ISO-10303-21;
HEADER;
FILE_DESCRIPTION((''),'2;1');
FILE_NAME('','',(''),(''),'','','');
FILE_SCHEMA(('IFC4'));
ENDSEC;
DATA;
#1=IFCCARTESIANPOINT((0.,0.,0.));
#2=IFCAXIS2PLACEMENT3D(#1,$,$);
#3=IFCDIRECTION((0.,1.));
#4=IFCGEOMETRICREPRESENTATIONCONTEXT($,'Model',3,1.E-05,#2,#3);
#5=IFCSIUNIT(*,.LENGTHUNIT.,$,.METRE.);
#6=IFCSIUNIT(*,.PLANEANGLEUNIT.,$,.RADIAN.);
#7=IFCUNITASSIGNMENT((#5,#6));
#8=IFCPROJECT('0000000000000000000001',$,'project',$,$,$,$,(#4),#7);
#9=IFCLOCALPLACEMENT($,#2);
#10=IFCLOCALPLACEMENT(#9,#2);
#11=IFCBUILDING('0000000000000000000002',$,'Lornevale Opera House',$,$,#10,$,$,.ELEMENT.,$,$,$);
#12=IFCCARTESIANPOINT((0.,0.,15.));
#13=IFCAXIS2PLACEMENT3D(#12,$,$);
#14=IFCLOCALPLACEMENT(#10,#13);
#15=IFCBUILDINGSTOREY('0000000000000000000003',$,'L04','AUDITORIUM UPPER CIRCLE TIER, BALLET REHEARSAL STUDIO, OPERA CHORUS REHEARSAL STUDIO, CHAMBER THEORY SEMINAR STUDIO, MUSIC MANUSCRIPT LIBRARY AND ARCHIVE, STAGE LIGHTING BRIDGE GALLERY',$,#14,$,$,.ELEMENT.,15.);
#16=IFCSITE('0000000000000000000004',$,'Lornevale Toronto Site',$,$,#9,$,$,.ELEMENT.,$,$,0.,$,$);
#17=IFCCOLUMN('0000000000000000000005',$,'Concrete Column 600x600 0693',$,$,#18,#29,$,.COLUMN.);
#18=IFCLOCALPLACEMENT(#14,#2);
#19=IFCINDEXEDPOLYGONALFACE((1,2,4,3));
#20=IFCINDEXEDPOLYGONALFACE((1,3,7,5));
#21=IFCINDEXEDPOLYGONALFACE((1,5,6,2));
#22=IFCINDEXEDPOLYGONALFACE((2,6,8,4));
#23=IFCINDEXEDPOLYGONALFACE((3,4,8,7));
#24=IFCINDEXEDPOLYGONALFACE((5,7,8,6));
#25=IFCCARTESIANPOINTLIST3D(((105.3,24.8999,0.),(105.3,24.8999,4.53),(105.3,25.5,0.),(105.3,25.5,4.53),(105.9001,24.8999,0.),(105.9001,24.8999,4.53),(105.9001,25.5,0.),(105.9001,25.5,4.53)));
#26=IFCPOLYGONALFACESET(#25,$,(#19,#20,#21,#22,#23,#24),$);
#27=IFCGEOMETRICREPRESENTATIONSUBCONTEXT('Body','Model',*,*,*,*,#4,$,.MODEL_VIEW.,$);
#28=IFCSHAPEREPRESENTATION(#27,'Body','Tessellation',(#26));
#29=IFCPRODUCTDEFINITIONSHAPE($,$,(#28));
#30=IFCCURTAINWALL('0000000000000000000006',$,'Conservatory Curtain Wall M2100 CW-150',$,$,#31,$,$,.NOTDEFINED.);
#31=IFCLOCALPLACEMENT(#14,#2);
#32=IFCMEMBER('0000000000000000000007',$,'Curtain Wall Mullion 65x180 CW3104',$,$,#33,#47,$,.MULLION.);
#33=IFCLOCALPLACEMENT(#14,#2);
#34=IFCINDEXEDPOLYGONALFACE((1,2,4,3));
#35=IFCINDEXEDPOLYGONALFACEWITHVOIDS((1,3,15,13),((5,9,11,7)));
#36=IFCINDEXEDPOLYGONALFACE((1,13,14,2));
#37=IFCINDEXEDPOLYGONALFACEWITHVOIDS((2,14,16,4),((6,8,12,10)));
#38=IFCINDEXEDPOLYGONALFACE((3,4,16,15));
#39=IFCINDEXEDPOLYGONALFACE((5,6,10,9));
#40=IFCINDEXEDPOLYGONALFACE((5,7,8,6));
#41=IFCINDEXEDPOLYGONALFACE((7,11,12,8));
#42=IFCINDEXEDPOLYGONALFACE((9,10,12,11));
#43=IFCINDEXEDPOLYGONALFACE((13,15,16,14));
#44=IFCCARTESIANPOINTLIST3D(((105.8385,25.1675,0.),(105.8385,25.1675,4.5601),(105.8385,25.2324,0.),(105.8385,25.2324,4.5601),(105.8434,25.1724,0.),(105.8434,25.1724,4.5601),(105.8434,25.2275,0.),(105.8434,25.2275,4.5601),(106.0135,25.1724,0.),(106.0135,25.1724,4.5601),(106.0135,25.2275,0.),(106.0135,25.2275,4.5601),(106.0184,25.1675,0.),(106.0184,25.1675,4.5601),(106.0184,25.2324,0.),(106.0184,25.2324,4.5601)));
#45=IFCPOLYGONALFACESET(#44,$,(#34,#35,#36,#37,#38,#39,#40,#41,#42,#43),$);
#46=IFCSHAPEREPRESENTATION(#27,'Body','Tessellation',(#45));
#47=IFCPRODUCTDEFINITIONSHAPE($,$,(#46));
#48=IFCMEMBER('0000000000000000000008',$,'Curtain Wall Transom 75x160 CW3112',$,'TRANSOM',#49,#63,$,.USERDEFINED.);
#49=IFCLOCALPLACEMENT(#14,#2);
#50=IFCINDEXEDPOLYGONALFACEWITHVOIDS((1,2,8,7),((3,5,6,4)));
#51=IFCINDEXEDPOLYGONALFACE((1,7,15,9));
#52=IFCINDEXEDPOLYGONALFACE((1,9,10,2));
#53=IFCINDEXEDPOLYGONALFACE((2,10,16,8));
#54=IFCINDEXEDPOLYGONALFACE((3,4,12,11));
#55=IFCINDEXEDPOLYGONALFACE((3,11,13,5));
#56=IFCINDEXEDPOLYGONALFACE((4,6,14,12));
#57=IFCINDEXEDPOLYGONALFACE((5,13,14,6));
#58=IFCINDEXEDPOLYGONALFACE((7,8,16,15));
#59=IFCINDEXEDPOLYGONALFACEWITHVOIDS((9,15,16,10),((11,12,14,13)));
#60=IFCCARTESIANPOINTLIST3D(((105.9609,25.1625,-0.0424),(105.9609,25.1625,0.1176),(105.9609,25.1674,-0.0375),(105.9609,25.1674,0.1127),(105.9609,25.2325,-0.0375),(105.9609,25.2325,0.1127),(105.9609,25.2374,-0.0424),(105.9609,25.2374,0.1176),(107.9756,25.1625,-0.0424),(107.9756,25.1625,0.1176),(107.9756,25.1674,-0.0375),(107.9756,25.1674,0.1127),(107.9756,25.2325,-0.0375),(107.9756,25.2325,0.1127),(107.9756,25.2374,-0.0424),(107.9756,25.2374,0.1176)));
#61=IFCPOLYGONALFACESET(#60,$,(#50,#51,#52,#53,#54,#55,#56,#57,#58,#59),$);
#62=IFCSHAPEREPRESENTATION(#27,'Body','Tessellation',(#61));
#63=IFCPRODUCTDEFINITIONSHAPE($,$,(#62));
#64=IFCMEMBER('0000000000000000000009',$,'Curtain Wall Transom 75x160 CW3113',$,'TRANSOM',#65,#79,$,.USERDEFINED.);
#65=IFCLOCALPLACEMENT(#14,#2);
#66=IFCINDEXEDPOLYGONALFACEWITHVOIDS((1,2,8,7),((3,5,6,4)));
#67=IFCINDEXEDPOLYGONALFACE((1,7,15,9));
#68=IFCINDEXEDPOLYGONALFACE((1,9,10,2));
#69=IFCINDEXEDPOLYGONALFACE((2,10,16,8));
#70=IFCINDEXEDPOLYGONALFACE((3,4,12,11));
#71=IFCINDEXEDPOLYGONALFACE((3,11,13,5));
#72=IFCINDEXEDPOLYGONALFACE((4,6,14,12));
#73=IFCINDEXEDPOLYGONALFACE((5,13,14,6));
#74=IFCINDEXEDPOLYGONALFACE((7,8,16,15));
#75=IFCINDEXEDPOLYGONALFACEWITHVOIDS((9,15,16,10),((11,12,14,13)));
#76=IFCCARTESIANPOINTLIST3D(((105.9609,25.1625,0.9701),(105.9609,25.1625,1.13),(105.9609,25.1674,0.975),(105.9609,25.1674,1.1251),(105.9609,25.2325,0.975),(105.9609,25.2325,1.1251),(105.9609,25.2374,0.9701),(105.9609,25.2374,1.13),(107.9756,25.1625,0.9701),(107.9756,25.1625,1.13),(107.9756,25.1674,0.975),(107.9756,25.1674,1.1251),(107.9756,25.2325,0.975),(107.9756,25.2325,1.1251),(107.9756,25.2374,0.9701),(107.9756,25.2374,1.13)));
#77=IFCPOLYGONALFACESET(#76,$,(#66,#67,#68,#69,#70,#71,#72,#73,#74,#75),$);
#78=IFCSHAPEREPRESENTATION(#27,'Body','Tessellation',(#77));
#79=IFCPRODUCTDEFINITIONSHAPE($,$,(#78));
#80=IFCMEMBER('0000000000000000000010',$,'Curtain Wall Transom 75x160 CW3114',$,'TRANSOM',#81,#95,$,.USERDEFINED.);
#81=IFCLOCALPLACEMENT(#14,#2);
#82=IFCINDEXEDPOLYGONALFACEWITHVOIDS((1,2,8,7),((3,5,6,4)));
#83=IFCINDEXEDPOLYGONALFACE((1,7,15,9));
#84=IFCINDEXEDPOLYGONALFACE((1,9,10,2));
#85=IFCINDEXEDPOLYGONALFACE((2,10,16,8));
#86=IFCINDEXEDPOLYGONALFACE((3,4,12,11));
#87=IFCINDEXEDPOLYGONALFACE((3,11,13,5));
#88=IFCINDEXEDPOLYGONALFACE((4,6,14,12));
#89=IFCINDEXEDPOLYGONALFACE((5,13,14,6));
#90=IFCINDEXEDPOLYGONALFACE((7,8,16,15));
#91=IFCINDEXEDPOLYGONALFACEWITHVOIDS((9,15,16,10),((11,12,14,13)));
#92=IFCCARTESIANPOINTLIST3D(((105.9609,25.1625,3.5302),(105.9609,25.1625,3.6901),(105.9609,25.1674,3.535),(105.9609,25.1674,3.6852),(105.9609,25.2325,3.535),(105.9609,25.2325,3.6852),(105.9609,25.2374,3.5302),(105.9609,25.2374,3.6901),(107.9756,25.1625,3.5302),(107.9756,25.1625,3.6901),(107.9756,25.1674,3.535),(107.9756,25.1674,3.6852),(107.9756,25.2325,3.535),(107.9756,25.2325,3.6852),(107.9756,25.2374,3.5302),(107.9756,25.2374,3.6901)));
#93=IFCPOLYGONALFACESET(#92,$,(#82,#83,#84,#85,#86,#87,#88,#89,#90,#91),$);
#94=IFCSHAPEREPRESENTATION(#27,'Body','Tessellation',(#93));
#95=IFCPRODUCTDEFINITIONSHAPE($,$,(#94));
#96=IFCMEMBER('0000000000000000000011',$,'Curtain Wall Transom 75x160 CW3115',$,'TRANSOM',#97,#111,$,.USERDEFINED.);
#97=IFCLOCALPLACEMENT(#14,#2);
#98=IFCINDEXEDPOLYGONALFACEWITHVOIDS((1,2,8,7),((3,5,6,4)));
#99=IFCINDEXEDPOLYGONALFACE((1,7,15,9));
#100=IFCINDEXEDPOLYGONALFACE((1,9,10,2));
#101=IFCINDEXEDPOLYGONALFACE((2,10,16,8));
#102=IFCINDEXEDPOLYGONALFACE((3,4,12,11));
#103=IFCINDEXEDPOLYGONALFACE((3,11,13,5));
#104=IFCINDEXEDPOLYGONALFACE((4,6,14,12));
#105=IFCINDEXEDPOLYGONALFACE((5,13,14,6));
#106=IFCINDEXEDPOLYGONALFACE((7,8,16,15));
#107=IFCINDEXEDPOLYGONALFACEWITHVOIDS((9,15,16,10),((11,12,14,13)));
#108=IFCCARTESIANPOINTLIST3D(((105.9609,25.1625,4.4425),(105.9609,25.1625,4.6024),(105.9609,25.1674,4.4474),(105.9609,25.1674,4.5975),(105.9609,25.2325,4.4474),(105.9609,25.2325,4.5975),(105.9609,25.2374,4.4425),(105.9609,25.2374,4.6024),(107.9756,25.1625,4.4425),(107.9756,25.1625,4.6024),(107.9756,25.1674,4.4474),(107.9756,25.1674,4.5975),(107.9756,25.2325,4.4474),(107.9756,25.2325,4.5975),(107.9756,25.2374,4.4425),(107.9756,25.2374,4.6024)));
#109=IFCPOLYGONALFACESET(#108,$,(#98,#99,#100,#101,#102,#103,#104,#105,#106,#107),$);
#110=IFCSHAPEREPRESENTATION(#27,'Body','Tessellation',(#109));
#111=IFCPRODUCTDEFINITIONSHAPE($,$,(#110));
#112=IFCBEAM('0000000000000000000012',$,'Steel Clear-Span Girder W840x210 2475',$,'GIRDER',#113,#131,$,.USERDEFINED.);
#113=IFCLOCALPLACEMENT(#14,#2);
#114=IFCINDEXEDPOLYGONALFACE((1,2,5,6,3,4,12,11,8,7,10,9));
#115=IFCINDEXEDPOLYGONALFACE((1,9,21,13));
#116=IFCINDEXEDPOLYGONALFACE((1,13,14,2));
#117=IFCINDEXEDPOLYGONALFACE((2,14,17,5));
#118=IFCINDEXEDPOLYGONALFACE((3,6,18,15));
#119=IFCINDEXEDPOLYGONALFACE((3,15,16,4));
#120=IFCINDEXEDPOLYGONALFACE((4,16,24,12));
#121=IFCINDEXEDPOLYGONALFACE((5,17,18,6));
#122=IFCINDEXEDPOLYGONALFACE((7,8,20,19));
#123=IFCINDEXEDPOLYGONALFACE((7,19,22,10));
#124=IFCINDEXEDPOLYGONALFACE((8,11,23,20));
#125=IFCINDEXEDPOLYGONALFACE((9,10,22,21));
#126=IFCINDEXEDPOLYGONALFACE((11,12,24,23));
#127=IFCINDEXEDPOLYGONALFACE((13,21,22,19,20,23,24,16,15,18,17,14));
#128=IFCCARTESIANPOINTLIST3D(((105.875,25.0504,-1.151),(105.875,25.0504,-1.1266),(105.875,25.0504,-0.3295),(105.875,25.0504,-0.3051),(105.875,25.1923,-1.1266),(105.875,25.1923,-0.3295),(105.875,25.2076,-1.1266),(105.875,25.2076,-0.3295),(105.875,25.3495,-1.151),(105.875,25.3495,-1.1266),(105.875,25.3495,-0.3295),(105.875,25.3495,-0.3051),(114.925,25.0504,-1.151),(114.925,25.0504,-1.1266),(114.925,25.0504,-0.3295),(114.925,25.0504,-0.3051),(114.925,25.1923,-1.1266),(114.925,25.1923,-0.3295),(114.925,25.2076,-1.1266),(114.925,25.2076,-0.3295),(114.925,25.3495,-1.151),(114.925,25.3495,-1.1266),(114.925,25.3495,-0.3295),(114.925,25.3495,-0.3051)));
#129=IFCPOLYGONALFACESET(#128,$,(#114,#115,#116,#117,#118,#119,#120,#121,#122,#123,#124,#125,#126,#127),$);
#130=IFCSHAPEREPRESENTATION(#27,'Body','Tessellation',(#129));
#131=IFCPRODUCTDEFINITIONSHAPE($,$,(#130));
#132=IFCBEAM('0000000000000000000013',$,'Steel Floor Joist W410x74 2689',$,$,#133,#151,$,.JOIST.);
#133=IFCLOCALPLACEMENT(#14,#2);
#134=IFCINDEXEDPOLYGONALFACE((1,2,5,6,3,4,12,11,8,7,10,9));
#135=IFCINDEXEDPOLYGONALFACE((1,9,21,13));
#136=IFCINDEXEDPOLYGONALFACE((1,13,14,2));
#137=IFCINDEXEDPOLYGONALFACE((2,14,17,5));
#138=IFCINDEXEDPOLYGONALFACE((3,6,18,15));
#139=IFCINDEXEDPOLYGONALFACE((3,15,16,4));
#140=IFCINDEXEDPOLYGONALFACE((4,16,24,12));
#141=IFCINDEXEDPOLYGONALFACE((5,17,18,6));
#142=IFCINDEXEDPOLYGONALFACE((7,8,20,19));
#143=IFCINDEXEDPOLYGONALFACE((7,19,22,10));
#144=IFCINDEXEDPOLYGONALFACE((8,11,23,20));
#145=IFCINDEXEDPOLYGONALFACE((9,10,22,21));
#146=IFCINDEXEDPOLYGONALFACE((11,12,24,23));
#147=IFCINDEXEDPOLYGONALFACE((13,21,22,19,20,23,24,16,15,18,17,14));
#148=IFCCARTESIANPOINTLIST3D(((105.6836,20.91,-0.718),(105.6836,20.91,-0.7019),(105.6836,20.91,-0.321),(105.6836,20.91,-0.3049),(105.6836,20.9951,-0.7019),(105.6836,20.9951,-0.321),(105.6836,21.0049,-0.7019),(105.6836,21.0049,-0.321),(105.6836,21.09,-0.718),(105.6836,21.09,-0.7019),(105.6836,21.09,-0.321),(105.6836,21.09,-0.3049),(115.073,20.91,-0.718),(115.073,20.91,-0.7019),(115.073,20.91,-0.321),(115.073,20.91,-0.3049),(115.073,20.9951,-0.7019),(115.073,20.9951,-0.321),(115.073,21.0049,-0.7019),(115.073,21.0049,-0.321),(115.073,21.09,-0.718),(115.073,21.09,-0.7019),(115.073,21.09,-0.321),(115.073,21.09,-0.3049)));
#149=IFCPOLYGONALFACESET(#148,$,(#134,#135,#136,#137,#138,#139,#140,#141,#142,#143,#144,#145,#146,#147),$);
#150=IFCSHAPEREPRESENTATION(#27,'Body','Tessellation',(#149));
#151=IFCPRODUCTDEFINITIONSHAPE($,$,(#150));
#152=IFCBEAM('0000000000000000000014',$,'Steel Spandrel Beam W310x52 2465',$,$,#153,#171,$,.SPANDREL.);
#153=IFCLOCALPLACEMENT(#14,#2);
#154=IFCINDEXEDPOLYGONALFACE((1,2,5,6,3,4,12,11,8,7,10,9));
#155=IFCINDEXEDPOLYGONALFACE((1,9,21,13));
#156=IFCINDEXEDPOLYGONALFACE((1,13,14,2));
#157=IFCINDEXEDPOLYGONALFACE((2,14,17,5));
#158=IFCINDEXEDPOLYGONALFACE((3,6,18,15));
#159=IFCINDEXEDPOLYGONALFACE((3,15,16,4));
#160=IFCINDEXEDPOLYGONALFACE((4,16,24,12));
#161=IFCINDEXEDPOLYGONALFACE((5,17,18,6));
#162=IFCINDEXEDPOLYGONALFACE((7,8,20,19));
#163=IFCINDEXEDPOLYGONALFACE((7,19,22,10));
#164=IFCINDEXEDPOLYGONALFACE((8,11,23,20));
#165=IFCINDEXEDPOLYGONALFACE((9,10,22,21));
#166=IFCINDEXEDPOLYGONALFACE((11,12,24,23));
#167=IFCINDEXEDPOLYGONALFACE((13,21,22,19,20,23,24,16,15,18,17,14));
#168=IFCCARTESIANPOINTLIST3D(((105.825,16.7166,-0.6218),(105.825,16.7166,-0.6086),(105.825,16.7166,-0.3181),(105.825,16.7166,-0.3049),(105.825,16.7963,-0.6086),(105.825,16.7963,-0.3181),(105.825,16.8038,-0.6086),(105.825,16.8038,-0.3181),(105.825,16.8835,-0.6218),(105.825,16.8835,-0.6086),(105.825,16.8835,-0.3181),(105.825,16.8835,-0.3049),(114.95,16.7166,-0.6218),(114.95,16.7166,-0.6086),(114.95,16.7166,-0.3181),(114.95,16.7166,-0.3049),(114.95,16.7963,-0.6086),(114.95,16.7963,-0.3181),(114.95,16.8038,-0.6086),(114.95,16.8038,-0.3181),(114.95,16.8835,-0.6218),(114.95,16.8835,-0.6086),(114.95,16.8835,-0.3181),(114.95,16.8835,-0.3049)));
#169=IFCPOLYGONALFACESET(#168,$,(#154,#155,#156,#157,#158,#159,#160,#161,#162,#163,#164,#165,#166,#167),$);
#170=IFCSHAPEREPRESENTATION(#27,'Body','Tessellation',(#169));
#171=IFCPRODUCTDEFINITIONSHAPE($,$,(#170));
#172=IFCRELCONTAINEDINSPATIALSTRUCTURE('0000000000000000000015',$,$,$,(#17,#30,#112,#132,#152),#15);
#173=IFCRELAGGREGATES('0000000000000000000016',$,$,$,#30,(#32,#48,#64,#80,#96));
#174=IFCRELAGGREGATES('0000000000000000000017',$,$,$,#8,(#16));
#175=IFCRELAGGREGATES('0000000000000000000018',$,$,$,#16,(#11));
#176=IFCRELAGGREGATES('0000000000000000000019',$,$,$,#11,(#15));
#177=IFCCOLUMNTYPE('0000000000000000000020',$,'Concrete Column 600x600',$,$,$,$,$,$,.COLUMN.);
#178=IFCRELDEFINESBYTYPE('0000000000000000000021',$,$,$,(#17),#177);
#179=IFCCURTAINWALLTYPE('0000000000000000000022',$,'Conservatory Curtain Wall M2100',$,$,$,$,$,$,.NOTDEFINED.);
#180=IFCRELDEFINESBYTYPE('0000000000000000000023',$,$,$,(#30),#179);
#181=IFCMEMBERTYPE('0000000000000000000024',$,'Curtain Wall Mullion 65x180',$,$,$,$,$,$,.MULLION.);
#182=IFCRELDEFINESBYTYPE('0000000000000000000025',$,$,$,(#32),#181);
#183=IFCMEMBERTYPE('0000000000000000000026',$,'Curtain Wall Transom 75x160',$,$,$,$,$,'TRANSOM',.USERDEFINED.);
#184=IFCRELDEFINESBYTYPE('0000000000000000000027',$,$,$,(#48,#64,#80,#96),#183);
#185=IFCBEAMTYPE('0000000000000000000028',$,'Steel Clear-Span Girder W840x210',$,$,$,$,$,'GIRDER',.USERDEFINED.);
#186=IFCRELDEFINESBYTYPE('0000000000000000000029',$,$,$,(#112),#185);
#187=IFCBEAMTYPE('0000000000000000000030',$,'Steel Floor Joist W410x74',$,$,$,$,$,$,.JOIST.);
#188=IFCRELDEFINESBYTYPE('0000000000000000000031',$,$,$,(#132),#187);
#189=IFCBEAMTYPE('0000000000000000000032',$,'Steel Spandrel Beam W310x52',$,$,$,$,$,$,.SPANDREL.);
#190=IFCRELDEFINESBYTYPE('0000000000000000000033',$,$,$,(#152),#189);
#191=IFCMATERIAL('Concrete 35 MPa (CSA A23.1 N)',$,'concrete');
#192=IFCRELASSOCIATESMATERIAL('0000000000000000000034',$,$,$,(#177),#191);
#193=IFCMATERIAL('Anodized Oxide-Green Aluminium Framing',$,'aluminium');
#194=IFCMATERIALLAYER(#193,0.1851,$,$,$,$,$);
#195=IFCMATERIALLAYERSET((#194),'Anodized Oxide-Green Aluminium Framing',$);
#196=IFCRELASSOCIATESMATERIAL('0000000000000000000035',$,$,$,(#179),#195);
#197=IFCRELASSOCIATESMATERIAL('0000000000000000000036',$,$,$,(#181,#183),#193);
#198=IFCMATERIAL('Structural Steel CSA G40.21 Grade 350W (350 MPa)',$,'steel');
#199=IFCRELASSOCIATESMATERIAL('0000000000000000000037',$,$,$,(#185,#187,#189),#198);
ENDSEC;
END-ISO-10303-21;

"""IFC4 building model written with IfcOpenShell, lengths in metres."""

from ifc_helpers import new_model, si_unit, direction, frame, origin, origin_2d, place, context, subcontext, project, spatial, rectangle, hollow_rectangle, i_section, extrude, material, layer, layer_set, material_profile, profile_set, type_object, element, aggregate, save


model = new_model("IFC4")

# Units and contexts
model_context = context("Model", 3, precision=1e-05, world=origin(), true_north=direction((0.0, 1.0)))
body_context = subcontext(model_context, "Body", "Model", "MODEL_VIEW")
ifc_project = project(units=[si_unit("LENGTHUNIT", "METRE"), si_unit("PLANEANGLEUNIT", "RADIAN")], contexts=[model_context])

# Site, building, storey
site_placement = place(None, origin())
site = spatial("IfcSite", under=ifc_project, at=site_placement, Name="Lornevale Toronto Site", CompositionType="ELEMENT", RefElevation=0.0)
building_placement = place(site_placement, origin())
building = spatial("IfcBuilding", under=site, at=building_placement, Name="Lornevale Opera House", CompositionType="ELEMENT")
storey_placement = place(building_placement, frame((0.0, 0.0, 15.0)))
storey = spatial("IfcBuildingStorey", under=building, at=storey_placement, Name="L04", Description="AUDITORIUM UPPER CIRCLE TIER, BALLET REHEARSAL STUDIO, OPERA CHORUS REHEARSAL STUDIO, CHAMBER THEORY SEMINAR STUDIO, MUSIC MANUSCRIPT LIBRARY AND ARCHIVE, STAGE LIGHTING BRIDGE GALLERY", CompositionType="ELEMENT", Elevation=15.0)

# Column
ifc_material_1 = material(Name="Concrete 35 MPa (CSA A23.1 N)", Category="concrete")
ifc_material_profile_1 = material_profile(ifc_material_1, rectangle(XDim=0.6001, YDim=0.6001, at=origin_2d()), Name="RC600x600")
ifc_profile_set_1 = profile_set([ifc_material_profile_1], Name="Concrete 35 MPa (CSA A23.1 N)")
column_type = type_object("IfcColumnType", Name="Concrete Column 600x600", PredefinedType="COLUMN", material=ifc_profile_set_1)
column_placement = place(storey_placement, frame((105.6001, 25.2, 0.0), z_axis=(0.0, 0.0, 1.0), x_axis=(1.0, 0.0, 0.0)))
element("IfcColumn", 1, at=column_placement, inside=storey, type_object=column_type, Name="Concrete Column 600x600 0693", PredefinedType="COLUMN", context=body_context, shape_type="SweptSolid", body=[
    extrude(rectangle(XDim=0.6001, YDim=0.6001, at=origin_2d()), origin(), (0.0, 0.0, 1.0), 4.53),
])

# Curtain wall, members
ifc_material_2 = material(Name="Anodized Oxide-Green Aluminium Framing", Category="aluminium")
ifc_layer_1 = layer(ifc_material_2, 0.1851)
ifc_layer_set_1 = layer_set([ifc_layer_1], Name="Anodized Oxide-Green Aluminium Framing")
curtain_wall_type = type_object("IfcCurtainWallType", Name="Conservatory Curtain Wall M2100", PredefinedType="NOTDEFINED", material=ifc_layer_set_1)
curtain_wall_placement = place(storey_placement, origin())
curtain_wall = element("IfcCurtainWall", 2, at=curtain_wall_placement, inside=storey, type_object=curtain_wall_type, Name="Conservatory Curtain Wall M2100 CW-150", PredefinedType="NOTDEFINED")
ifc_material_profile_2 = material_profile(ifc_material_2, hollow_rectangle(XDim=0.0649, YDim=0.1799, WallThickness=0.0049, at=origin_2d()), Name="ALU65x180x5")
ifc_profile_set_2 = profile_set([ifc_material_profile_2], Name="Anodized Oxide-Green Aluminium Framing")
member_type_1 = type_object("IfcMemberType", Name="Curtain Wall Mullion 65x180", PredefinedType="MULLION", material=ifc_profile_set_2)
member_1_placement = place(storey_placement, frame((105.9285, 25.2, 0.0), z_axis=(0.0, 0.0, 1.0), x_axis=(0.0, -1.0, 0.0)))
member_1 = element("IfcMember", 3, at=member_1_placement, type_object=member_type_1, Name="Curtain Wall Mullion 65x180 CW3104", PredefinedType="MULLION", context=body_context, shape_type="SweptSolid", body=[
    extrude(hollow_rectangle(XDim=0.0649, YDim=0.1799, WallThickness=0.0049, at=origin_2d()), origin(), (0.0, 0.0, 1.0), 4.5601),
])
ifc_material_profile_3 = material_profile(ifc_material_2, hollow_rectangle(XDim=0.075, YDim=0.1599, WallThickness=0.0049, at=origin_2d()), Name="ALU75x160x5")
ifc_profile_set_3 = profile_set([ifc_material_profile_3], Name="Anodized Oxide-Green Aluminium Framing")
member_type_2 = type_object("IfcMemberType", Name="Curtain Wall Transom 75x160", ElementType="TRANSOM", PredefinedType="USERDEFINED", material=ifc_profile_set_3)
member_2_placement = place(storey_placement, frame((107.9756, 25.2, 0.0376), z_axis=(-1.0, 0.0, 0.0), x_axis=(0.0, -1.0, 0.0)))
member_2 = element("IfcMember", 4, at=member_2_placement, type_object=member_type_2, Name="Curtain Wall Transom 75x160 CW3112", ObjectType="TRANSOM", PredefinedType="USERDEFINED", context=body_context, shape_type="SweptSolid", body=[
    extrude(hollow_rectangle(XDim=0.075, YDim=0.1599, WallThickness=0.0049, at=origin_2d()), origin(), (0.0, 0.0, 1.0), 2.0146),
])
member_3_placement = place(storey_placement, frame((107.9756, 25.2, 1.05), z_axis=(-1.0, 0.0, 0.0), x_axis=(0.0, -1.0, 0.0)))
member_3 = element("IfcMember", 5, at=member_3_placement, type_object=member_type_2, Name="Curtain Wall Transom 75x160 CW3113", ObjectType="TRANSOM", PredefinedType="USERDEFINED", context=body_context, shape_type="SweptSolid", body=[
    extrude(hollow_rectangle(XDim=0.075, YDim=0.1599, WallThickness=0.0049, at=origin_2d()), origin(), (0.0, 0.0, 1.0), 2.0146),
])
member_4_placement = place(storey_placement, frame((107.9756, 25.2, 3.6101), z_axis=(-1.0, 0.0, 0.0), x_axis=(0.0, -1.0, 0.0)))
member_4 = element("IfcMember", 6, at=member_4_placement, type_object=member_type_2, Name="Curtain Wall Transom 75x160 CW3114", ObjectType="TRANSOM", PredefinedType="USERDEFINED", context=body_context, shape_type="SweptSolid", body=[
    extrude(hollow_rectangle(XDim=0.075, YDim=0.1599, WallThickness=0.0049, at=origin_2d()), origin(), (0.0, 0.0, 1.0), 2.0146),
])
member_5_placement = place(storey_placement, frame((107.9756, 25.2, 4.5225), z_axis=(-1.0, 0.0, 0.0), x_axis=(0.0, -1.0, 0.0)))
member_5 = element("IfcMember", 7, at=member_5_placement, type_object=member_type_2, Name="Curtain Wall Transom 75x160 CW3115", ObjectType="TRANSOM", PredefinedType="USERDEFINED", context=body_context, shape_type="SweptSolid", body=[
    extrude(hollow_rectangle(XDim=0.075, YDim=0.1599, WallThickness=0.0049, at=origin_2d()), origin(), (0.0, 0.0, 1.0), 2.0146),
])

# Beams
ifc_material_3 = material(Name="Structural Steel CSA G40.21 Grade 350W (350 MPa)", Category="steel")
ifc_material_profile_4 = material_profile(ifc_material_3, i_section(OverallWidth=0.2991, OverallDepth=0.8459, WebThickness=0.0154, FlangeThickness=0.0244, at=origin_2d()), Name="W840x210")
ifc_profile_set_4 = profile_set([ifc_material_profile_4], Name="Structural Steel CSA G40.21 Grade 350W (350 MPa)")
beam_type_1 = type_object("IfcBeamType", Name="Steel Clear-Span Girder W840x210", ElementType="GIRDER", PredefinedType="USERDEFINED", material=ifc_profile_set_4)
beam_1_placement = place(storey_placement, frame((105.875, 25.2, -0.728), z_axis=(1.0, 0.0, 0.0), x_axis=(0.0, 1.0, 0.0)))
element("IfcBeam", 8, at=beam_1_placement, inside=storey, type_object=beam_type_1, Name="Steel Clear-Span Girder W840x210 2475", ObjectType="GIRDER", PredefinedType="USERDEFINED", context=body_context, shape_type="SweptSolid", body=[
    extrude(i_section(OverallWidth=0.2991, OverallDepth=0.8459, WebThickness=0.0154, FlangeThickness=0.0244, at=origin_2d()), origin(), (0.0, 0.0, 1.0), 9.05),
])
ifc_material_profile_5 = material_profile(ifc_material_3, i_section(OverallWidth=0.1799, OverallDepth=0.4131, WebThickness=0.0098, FlangeThickness=0.0161, at=origin_2d()), Name="W410x74")
ifc_profile_set_5 = profile_set([ifc_material_profile_5], Name="Structural Steel CSA G40.21 Grade 350W (350 MPa)")
beam_type_2 = type_object("IfcBeamType", Name="Steel Floor Joist W410x74", PredefinedType="JOIST", material=ifc_profile_set_5)
beam_2_placement = place(storey_placement, frame((105.6836, 21.0, -0.5115), z_axis=(1.0, 0.0, 0.0), x_axis=(0.0, 1.0, 0.0)))
element("IfcBeam", 9, at=beam_2_placement, inside=storey, type_object=beam_type_2, Name="Steel Floor Joist W410x74 2689", PredefinedType="JOIST", context=body_context, shape_type="SweptSolid", body=[
    extrude(i_section(OverallWidth=0.1799, OverallDepth=0.4131, WebThickness=0.0098, FlangeThickness=0.0161, at=origin_2d()), origin(), (0.0, 0.0, 1.0), 9.3894),
])
ifc_material_profile_6 = material_profile(ifc_material_3, i_section(OverallWidth=0.167, OverallDepth=0.3169, WebThickness=0.0076, FlangeThickness=0.0132, at=origin_2d()), Name="W310x52")
ifc_profile_set_6 = profile_set([ifc_material_profile_6], Name="Structural Steel CSA G40.21 Grade 350W (350 MPa)")
beam_type_3 = type_object("IfcBeamType", Name="Steel Spandrel Beam W310x52", PredefinedType="SPANDREL", material=ifc_profile_set_6)
beam_3_placement = place(storey_placement, frame((105.825, 16.8, -0.4634), z_axis=(1.0, 0.0, 0.0), x_axis=(0.0, 1.0, 0.0)))
element("IfcBeam", 10, at=beam_3_placement, inside=storey, type_object=beam_type_3, Name="Steel Spandrel Beam W310x52 2465", PredefinedType="SPANDREL", context=body_context, shape_type="SweptSolid", body=[
    extrude(i_section(OverallWidth=0.167, OverallDepth=0.3169, WebThickness=0.0076, FlangeThickness=0.0132, at=origin_2d()), origin(), (0.0, 0.0, 1.0), 9.125),
])

aggregate(curtain_wall, [member_1, member_2, member_3, member_4, member_5])

save(model, "model.ifc")
